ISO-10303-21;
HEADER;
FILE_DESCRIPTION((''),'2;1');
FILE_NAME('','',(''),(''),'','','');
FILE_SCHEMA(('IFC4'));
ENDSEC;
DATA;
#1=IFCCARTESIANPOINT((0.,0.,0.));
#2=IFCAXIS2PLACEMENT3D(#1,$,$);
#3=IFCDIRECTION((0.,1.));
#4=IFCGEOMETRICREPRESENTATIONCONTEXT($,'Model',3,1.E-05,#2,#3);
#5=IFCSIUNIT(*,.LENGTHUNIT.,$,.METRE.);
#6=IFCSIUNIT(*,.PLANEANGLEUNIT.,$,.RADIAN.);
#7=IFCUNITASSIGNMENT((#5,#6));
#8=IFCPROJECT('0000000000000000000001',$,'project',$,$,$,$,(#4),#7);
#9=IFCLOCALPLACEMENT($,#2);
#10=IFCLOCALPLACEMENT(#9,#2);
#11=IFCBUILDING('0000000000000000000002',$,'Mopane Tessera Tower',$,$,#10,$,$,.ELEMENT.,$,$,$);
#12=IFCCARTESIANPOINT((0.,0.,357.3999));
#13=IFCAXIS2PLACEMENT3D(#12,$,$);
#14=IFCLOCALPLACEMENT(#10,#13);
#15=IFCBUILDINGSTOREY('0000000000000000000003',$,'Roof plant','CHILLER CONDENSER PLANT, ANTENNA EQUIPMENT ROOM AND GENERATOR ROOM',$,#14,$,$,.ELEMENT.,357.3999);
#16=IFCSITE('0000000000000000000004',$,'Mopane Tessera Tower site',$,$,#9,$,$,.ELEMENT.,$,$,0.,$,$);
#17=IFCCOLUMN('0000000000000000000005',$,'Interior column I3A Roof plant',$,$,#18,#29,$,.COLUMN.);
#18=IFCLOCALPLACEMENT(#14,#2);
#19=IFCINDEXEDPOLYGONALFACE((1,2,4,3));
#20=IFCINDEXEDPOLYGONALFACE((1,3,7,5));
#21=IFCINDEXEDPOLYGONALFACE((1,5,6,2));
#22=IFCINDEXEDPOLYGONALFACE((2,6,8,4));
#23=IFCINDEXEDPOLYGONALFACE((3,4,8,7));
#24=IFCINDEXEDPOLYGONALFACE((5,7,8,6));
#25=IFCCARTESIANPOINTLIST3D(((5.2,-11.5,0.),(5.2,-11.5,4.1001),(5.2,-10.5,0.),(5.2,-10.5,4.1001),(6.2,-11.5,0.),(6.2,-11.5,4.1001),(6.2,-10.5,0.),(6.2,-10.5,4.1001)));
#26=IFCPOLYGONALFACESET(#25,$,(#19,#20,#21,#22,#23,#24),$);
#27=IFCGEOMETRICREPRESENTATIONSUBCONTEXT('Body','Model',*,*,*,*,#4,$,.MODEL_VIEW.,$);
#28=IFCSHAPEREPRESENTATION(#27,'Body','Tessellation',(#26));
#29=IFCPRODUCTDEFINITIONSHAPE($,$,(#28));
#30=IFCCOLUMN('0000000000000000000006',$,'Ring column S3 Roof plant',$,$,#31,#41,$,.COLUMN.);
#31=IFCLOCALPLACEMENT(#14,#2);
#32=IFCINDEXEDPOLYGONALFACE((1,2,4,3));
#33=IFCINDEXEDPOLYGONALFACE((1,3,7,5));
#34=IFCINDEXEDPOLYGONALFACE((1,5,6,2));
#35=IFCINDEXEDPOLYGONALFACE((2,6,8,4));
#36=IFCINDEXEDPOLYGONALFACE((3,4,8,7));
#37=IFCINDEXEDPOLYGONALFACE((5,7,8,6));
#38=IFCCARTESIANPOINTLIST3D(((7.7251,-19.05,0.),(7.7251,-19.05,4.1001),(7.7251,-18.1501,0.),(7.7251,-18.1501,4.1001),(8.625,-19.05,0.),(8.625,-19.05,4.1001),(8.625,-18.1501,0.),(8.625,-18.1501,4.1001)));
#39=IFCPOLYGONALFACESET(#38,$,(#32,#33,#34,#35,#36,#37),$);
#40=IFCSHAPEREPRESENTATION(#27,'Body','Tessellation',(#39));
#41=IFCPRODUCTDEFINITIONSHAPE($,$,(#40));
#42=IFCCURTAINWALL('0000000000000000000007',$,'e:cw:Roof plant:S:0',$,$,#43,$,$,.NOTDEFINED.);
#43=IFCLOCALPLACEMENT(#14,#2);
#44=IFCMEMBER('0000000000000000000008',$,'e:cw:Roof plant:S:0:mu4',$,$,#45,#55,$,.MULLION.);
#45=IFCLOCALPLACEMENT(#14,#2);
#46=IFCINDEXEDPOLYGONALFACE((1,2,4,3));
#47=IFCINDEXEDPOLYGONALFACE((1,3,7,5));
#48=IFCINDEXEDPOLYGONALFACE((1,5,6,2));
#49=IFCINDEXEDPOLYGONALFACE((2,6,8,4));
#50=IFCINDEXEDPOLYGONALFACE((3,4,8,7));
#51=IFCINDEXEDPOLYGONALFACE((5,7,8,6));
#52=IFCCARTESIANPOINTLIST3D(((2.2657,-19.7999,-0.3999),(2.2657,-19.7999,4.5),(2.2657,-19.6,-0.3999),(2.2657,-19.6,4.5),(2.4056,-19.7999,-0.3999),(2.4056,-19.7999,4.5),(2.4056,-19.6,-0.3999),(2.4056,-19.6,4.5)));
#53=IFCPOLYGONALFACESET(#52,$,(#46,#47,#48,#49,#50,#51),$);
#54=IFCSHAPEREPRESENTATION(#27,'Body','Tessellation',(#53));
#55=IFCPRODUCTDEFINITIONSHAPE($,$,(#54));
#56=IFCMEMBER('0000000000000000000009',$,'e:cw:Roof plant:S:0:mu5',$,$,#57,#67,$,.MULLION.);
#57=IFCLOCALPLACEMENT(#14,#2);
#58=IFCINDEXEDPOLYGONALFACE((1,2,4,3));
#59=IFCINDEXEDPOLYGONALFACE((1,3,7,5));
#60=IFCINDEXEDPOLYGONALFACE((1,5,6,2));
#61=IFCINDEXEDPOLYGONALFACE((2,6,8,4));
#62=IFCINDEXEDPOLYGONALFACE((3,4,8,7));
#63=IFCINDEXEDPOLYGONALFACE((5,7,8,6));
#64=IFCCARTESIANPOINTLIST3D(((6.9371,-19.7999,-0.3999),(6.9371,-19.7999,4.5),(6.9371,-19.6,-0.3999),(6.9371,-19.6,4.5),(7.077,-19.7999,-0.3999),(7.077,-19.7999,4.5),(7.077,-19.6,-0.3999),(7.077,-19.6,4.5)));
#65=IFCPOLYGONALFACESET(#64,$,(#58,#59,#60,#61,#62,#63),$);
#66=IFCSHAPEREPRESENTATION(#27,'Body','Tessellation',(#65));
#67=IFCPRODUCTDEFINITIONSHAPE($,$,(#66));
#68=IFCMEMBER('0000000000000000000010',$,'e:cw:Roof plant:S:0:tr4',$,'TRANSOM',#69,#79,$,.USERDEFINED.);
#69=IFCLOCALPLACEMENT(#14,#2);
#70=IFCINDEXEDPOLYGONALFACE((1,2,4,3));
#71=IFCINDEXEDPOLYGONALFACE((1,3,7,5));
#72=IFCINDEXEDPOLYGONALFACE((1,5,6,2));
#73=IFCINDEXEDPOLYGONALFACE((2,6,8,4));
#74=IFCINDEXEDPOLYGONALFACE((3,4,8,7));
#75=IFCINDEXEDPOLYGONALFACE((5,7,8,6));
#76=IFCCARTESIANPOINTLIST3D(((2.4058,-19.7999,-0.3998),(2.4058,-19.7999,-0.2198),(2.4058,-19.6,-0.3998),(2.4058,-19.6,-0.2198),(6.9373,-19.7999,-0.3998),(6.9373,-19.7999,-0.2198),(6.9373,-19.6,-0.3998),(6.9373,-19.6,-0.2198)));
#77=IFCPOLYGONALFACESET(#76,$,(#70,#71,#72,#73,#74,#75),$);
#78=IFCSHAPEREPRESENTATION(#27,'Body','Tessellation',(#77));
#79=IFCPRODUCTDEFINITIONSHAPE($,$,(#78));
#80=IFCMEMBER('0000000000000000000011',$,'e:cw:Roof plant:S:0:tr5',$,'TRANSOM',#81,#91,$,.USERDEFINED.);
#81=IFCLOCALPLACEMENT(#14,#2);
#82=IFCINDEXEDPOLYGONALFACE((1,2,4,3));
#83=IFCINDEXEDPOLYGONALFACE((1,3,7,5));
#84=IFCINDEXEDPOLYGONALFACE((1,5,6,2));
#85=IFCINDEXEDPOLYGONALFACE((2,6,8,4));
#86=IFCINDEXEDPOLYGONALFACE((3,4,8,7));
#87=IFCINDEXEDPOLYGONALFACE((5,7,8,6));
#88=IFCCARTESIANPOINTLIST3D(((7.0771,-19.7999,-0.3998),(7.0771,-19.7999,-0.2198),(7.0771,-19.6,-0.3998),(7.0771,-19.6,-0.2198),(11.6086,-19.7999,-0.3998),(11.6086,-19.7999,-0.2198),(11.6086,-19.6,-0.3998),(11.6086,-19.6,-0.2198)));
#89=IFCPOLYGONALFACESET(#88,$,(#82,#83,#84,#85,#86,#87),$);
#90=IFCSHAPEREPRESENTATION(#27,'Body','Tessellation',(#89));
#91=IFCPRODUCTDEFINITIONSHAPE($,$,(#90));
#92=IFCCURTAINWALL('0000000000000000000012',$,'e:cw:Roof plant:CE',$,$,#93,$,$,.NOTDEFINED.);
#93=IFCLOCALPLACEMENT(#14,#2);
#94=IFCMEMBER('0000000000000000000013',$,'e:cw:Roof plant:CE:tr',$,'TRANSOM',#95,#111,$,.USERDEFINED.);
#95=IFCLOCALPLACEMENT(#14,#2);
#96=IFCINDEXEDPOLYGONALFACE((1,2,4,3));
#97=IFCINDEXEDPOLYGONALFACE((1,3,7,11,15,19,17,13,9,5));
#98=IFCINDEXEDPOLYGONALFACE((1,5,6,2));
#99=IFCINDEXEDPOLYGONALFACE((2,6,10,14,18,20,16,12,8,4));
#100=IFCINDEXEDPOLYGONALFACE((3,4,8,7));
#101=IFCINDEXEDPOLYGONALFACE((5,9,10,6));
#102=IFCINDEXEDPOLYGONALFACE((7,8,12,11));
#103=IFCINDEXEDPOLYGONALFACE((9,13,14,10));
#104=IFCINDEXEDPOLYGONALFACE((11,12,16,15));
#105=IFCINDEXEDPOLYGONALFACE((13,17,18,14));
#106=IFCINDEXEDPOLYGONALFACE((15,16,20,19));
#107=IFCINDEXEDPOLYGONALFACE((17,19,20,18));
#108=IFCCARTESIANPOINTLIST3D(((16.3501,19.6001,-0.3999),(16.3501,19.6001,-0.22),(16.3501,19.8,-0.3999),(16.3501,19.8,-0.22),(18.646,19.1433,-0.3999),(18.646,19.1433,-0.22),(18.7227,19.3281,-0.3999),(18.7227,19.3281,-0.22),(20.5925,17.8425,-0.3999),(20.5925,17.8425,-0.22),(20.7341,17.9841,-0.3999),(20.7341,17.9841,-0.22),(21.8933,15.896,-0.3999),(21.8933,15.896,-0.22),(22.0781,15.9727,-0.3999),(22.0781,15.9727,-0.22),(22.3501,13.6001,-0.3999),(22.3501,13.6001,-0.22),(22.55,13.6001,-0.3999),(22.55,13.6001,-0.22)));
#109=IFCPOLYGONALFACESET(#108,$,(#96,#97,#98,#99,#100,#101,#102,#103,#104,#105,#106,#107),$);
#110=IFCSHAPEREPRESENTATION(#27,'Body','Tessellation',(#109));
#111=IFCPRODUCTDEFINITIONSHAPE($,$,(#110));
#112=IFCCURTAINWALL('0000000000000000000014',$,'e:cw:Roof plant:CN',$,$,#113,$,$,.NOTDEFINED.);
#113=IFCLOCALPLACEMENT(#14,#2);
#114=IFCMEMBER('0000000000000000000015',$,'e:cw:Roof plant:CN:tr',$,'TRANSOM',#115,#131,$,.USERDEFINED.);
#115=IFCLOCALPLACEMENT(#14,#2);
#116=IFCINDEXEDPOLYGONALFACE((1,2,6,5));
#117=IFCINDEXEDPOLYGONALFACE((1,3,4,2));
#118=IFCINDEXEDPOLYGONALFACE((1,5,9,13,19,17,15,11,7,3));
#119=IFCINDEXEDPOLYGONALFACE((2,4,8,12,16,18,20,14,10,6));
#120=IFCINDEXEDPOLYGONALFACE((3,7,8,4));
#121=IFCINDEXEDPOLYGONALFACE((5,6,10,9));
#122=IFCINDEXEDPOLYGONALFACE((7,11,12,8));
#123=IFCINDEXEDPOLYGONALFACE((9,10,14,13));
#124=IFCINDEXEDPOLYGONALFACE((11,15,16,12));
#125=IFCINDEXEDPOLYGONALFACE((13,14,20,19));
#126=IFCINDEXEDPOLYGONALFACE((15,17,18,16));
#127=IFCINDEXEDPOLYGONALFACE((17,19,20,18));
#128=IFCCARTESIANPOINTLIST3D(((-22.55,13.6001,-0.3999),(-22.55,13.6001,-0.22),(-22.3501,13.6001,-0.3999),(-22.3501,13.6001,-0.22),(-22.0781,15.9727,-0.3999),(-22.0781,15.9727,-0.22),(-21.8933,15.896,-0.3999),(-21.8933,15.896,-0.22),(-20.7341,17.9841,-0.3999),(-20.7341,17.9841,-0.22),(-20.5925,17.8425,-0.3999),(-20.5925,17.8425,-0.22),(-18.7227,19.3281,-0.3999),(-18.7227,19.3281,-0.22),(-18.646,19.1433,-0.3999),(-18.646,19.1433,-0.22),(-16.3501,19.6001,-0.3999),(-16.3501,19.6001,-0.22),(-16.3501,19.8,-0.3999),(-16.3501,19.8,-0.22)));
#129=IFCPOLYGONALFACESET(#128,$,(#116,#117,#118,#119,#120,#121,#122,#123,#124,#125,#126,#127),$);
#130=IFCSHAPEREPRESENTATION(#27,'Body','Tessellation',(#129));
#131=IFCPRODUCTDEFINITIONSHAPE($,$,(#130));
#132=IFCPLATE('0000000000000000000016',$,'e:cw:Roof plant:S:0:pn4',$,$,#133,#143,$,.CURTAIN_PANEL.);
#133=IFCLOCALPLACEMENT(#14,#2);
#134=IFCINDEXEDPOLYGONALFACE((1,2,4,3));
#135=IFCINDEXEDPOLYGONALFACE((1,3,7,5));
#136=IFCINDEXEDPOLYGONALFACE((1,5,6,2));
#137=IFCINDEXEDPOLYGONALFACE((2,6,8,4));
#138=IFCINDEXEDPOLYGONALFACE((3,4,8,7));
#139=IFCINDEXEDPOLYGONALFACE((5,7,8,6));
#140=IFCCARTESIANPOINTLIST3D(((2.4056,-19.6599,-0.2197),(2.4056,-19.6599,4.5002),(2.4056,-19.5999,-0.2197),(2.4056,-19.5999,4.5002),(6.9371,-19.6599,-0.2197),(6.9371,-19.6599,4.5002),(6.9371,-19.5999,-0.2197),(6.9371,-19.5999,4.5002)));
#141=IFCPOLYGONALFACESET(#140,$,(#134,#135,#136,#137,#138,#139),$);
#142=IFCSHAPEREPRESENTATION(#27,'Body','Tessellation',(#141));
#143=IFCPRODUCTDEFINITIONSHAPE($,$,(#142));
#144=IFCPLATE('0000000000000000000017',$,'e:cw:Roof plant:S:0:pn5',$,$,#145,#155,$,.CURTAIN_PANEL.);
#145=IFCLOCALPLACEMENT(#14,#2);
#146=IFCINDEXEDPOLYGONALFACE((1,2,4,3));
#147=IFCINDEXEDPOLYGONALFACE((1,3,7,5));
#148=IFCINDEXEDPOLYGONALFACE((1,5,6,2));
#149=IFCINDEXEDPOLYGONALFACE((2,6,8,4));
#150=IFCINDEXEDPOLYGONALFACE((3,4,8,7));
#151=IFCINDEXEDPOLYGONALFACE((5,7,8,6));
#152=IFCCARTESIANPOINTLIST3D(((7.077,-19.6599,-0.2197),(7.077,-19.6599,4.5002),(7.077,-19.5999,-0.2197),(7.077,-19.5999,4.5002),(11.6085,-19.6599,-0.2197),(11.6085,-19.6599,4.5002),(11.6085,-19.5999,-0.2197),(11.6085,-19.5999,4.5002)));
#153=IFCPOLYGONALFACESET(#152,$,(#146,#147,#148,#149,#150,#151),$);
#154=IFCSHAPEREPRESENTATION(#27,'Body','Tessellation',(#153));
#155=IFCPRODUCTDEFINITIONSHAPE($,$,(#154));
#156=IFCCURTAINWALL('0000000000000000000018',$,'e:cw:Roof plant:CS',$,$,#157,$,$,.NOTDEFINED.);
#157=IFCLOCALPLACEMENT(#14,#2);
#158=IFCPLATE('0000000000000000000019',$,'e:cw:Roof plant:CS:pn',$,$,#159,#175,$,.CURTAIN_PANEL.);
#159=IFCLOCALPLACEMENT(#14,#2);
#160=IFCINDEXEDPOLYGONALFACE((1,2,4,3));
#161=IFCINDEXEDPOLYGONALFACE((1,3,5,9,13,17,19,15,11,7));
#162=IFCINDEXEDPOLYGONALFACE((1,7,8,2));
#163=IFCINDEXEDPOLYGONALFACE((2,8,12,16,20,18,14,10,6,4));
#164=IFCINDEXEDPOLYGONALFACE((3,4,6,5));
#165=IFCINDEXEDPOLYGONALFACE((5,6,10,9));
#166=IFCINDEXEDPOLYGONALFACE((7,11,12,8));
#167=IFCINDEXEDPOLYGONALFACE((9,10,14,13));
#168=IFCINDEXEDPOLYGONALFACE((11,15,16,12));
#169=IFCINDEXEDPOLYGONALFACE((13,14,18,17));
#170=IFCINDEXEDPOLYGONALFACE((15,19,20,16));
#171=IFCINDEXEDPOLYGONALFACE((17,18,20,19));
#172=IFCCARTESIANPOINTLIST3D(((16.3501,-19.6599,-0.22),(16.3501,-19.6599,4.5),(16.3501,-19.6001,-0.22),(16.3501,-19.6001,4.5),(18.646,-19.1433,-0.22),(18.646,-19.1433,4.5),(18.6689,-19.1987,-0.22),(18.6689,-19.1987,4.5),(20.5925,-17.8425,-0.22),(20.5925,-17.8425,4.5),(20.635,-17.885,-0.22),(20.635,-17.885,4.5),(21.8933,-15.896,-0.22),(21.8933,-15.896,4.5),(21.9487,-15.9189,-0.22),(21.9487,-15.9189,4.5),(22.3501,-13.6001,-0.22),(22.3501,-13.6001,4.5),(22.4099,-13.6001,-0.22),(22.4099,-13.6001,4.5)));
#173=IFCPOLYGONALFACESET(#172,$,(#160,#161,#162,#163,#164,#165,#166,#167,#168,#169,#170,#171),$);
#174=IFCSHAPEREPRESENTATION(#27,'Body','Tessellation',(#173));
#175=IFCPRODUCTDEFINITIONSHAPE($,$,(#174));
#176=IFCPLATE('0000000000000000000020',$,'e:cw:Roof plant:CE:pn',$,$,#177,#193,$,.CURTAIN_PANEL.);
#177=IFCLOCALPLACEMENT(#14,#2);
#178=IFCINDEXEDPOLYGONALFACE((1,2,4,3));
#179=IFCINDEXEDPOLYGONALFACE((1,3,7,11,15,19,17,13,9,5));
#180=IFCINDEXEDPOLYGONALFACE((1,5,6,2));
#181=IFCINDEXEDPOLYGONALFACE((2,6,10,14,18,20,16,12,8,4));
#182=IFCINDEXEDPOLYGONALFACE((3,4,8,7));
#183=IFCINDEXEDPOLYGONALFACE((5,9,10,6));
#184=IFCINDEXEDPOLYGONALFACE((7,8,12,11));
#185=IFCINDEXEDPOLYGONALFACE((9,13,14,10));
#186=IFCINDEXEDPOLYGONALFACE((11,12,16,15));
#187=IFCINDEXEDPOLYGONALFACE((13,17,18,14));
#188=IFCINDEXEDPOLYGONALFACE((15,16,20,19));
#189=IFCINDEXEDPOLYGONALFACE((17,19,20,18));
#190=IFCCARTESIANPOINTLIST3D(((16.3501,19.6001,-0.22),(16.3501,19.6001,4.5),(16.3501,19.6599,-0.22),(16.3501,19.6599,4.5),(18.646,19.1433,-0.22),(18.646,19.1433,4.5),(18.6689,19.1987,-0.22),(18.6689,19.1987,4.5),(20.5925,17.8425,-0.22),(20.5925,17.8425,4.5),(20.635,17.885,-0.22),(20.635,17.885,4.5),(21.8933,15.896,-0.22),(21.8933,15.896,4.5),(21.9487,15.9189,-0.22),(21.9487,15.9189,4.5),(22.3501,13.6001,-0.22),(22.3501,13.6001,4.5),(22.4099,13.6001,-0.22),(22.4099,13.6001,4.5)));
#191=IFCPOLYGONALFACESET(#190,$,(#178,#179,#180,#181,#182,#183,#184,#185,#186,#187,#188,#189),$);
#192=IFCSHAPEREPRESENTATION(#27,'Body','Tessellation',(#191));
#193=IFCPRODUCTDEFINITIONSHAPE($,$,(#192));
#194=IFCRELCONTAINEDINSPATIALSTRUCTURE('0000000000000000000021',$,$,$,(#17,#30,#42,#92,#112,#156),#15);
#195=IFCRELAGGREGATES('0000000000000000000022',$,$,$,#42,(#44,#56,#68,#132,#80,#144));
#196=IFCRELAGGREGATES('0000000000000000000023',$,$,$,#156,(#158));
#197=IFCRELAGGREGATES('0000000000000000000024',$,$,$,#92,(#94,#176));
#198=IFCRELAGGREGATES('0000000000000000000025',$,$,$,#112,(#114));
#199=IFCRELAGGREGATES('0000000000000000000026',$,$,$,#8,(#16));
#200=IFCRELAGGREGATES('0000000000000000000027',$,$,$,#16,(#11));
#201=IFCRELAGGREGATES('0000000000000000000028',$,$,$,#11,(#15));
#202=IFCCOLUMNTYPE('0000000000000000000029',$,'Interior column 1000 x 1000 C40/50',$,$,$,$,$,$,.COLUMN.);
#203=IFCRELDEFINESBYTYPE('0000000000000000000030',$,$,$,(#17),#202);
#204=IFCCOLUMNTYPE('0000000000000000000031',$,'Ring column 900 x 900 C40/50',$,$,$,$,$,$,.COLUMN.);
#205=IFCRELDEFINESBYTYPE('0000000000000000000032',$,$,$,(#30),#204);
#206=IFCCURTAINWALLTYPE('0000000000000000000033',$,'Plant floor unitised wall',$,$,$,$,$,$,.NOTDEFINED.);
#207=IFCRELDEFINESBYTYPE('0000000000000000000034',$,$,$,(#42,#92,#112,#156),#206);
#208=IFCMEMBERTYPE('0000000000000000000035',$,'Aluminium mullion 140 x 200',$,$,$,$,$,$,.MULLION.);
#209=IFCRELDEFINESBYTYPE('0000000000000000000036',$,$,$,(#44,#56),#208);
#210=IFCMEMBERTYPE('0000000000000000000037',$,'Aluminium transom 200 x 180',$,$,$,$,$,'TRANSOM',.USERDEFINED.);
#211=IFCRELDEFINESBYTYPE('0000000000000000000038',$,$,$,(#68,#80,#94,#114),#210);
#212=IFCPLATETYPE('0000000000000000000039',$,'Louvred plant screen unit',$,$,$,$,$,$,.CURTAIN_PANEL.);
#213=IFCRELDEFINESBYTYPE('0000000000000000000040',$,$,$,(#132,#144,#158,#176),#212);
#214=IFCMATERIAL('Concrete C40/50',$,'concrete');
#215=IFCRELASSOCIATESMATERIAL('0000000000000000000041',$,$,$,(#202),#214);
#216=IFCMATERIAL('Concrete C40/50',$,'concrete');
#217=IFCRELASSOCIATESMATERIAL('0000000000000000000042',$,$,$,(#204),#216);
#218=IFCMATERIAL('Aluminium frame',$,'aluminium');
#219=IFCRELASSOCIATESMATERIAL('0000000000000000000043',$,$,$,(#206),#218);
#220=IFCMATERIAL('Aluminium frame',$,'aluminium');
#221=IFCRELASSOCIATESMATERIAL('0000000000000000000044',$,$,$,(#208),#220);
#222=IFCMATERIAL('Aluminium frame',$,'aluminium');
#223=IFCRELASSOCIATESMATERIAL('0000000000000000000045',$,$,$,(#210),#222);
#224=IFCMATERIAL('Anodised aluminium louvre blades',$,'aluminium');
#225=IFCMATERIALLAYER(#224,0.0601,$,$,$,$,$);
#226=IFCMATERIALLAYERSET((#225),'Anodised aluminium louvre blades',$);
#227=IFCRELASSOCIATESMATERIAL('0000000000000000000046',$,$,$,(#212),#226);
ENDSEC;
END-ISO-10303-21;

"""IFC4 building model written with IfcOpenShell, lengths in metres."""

from ifc_helpers import new_model, si_unit, direction, frame, origin, origin_2d, place, context, subcontext, project, spatial, polyline, rectangle, outline, extrude, material, layer, layer_set, material_profile, profile_set, type_object, element, aggregate, save


model = new_model("IFC4")

# Units and contexts
model_context = context("Model", 3, precision=1e-05, world=origin(), true_north=direction((0.0, 1.0)))
body_context = subcontext(model_context, "Body", "Model", "MODEL_VIEW")
ifc_project = project(units=[si_unit("LENGTHUNIT", "METRE"), si_unit("PLANEANGLEUNIT", "RADIAN")], contexts=[model_context])

# Site, building, storey
site_placement = place(None, origin())
site = spatial("IfcSite", under=ifc_project, at=site_placement, Name="Mopane Tessera Tower site", CompositionType="ELEMENT", RefElevation=0.0)
building_placement = place(site_placement, origin())
building = spatial("IfcBuilding", under=site, at=building_placement, Name="Mopane Tessera Tower", CompositionType="ELEMENT")
storey_placement = place(building_placement, frame((0.0, 0.0, 357.3999)))
storey = spatial("IfcBuildingStorey", under=building, at=storey_placement, Name="Roof plant", Description="CHILLER CONDENSER PLANT, ANTENNA EQUIPMENT ROOM AND GENERATOR ROOM", CompositionType="ELEMENT", Elevation=357.3999)

# Columns
ifc_material_1 = material(Name="Concrete C40/50", Category="concrete")
ifc_material_profile_1 = material_profile(ifc_material_1, rectangle(XDim=1.0, YDim=1.0, at=origin_2d()))
ifc_profile_set_1 = profile_set([ifc_material_profile_1], Name="Concrete C40/50")
column_type_1 = type_object("IfcColumnType", Name="Interior column 1000 x 1000 C40/50", PredefinedType="COLUMN", material=ifc_profile_set_1)
column_1_placement = place(storey_placement, frame((5.7, -11.0, 0.0), z_axis=(0.0, 0.0, 1.0), x_axis=(1.0, 0.0, 0.0)))
element("IfcColumn", 1, at=column_1_placement, inside=storey, type_object=column_type_1, Name="Interior column I3A Roof plant", PredefinedType="COLUMN", context=body_context, shape_type="SweptSolid", body=[
    extrude(rectangle(XDim=1.0, YDim=1.0, at=origin_2d()), origin(), (0.0, 0.0, 1.0), 4.1001),
])
ifc_material_2 = material(Name="Concrete C40/50", Category="concrete")
ifc_material_profile_2 = material_profile(ifc_material_2, rectangle(XDim=0.8999, YDim=0.8999, at=origin_2d()))
ifc_profile_set_2 = profile_set([ifc_material_profile_2], Name="Concrete C40/50")
column_type_2 = type_object("IfcColumnType", Name="Ring column 900 x 900 C40/50", PredefinedType="COLUMN", material=ifc_profile_set_2)
column_2_placement = place(storey_placement, frame((8.175, -18.6001, 0.0), z_axis=(0.0, 0.0, 1.0), x_axis=(1.0, 0.0, 0.0)))
element("IfcColumn", 2, at=column_2_placement, inside=storey, type_object=column_type_2, Name="Ring column S3 Roof plant", PredefinedType="COLUMN", context=body_context, shape_type="SweptSolid", body=[
    extrude(rectangle(XDim=0.8999, YDim=0.8999, at=origin_2d()), origin(), (0.0, 0.0, 1.0), 4.1001),
])

# Curtain wall, members
ifc_material_3 = material(Name="Aluminium frame", Category="aluminium")
curtain_wall_type = type_object("IfcCurtainWallType", Name="Plant floor unitised wall", PredefinedType="NOTDEFINED", material=ifc_material_3)
curtain_wall_1_placement = place(storey_placement, origin())
curtain_wall_1 = element("IfcCurtainWall", 3, at=curtain_wall_1_placement, inside=storey, type_object=curtain_wall_type, Name="e:cw:Roof plant:S:0", PredefinedType="NOTDEFINED")
ifc_material_4 = material(Name="Aluminium frame", Category="aluminium")
ifc_material_profile_3 = material_profile(ifc_material_4, rectangle(XDim=0.1399, YDim=0.2, at=origin_2d()))
ifc_profile_set_3 = profile_set([ifc_material_profile_3], Name="Aluminium frame")
member_type_1 = type_object("IfcMemberType", Name="Aluminium mullion 140 x 200", PredefinedType="MULLION", material=ifc_profile_set_3)
member_1_placement = place(storey_placement, frame((2.3357, -19.7, -0.3999), z_axis=(0.0, 0.0, 1.0), x_axis=(1.0, 0.0, 0.0)))
member_1 = element("IfcMember", 4, at=member_1_placement, type_object=member_type_1, Name="e:cw:Roof plant:S:0:mu4", PredefinedType="MULLION", context=body_context, shape_type="SweptSolid", body=[
    extrude(rectangle(XDim=0.1399, YDim=0.2, at=origin_2d()), origin(), (0.0, 0.0, 1.0), 4.8999),
])
member_2_placement = place(storey_placement, frame((7.0071, -19.7, -0.3999), z_axis=(0.0, 0.0, 1.0), x_axis=(1.0, 0.0, 0.0)))
member_2 = element("IfcMember", 5, at=member_2_placement, type_object=member_type_1, Name="e:cw:Roof plant:S:0:mu5", PredefinedType="MULLION", context=body_context, shape_type="SweptSolid", body=[
    extrude(rectangle(XDim=0.1399, YDim=0.2, at=origin_2d()), origin(), (0.0, 0.0, 1.0), 4.8999),
])
ifc_material_5 = material(Name="Aluminium frame", Category="aluminium")
ifc_material_profile_4 = material_profile(ifc_material_5, rectangle(XDim=0.2, YDim=0.1799, at=origin_2d()))
ifc_profile_set_4 = profile_set([ifc_material_profile_4], Name="Aluminium frame")
member_type_2 = type_object("IfcMemberType", Name="Aluminium transom 200 x 180", ElementType="TRANSOM", PredefinedType="USERDEFINED", material=ifc_profile_set_4)
member_3_placement = place(storey_placement, frame((2.4058, -19.7, -0.3098), z_axis=(1.0, 0.0, 0.0), x_axis=(0.0, 1.0, 0.0)))
member_3 = element("IfcMember", 6, at=member_3_placement, type_object=member_type_2, Name="e:cw:Roof plant:S:0:tr4", ObjectType="TRANSOM", PredefinedType="USERDEFINED", context=body_context, shape_type="SweptSolid", body=[
    extrude(rectangle(XDim=0.2, YDim=0.1799, at=origin_2d()), origin(), (0.0, 0.0, 1.0), 4.5315),
])
member_4_placement = place(storey_placement, frame((7.0771, -19.7, -0.3098), z_axis=(1.0, 0.0, 0.0), x_axis=(0.0, 1.0, 0.0)))
member_4 = element("IfcMember", 7, at=member_4_placement, type_object=member_type_2, Name="e:cw:Roof plant:S:0:tr5", ObjectType="TRANSOM", PredefinedType="USERDEFINED", context=body_context, shape_type="SweptSolid", body=[
    extrude(rectangle(XDim=0.2, YDim=0.1799, at=origin_2d()), origin(), (0.0, 0.0, 1.0), 4.5315),
])

# Curtain walls, members
curtain_wall_2_placement = place(storey_placement, origin())
curtain_wall_2 = element("IfcCurtainWall", 8, at=curtain_wall_2_placement, inside=storey, type_object=curtain_wall_type, Name="e:cw:Roof plant:CE", PredefinedType="NOTDEFINED")
member_5_placement = place(storey_placement, frame((0.0, 0.0, -0.3999)))
member_5 = element("IfcMember", 9, at=member_5_placement, type_object=member_type_2, Name="e:cw:Roof plant:CE:tr", ObjectType="TRANSOM", PredefinedType="USERDEFINED", context=body_context, shape_type="SweptSolid", body=[
    extrude(outline(polyline([(22.3501, 13.6001), (21.8933, 15.896), (20.5925, 17.8425), (18.646, 19.1433), (16.3501, 19.6001), (16.3501, 19.8), (18.7227, 19.3281), (20.7341, 17.9841), (22.0781, 15.9727), (22.55, 13.6001), (22.3501, 13.6001)])), origin(), (0.0, 0.0, 1.0), 0.1799),
])
curtain_wall_3_placement = place(storey_placement, origin())
curtain_wall_3 = element("IfcCurtainWall", 10, at=curtain_wall_3_placement, inside=storey, type_object=curtain_wall_type, Name="e:cw:Roof plant:CN", PredefinedType="NOTDEFINED")
member_6_placement = place(storey_placement, frame((0.0, 0.0, -0.3999)))
member_6 = element("IfcMember", 11, at=member_6_placement, type_object=member_type_2, Name="e:cw:Roof plant:CN:tr", ObjectType="TRANSOM", PredefinedType="USERDEFINED", context=body_context, shape_type="SweptSolid", body=[
    extrude(outline(polyline([(-16.3501, 19.6001), (-18.646, 19.1433), (-20.5925, 17.8425), (-21.8933, 15.896), (-22.3501, 13.6001), (-22.55, 13.6001), (-22.0781, 15.9727), (-20.7341, 17.9841), (-18.7227, 19.3281), (-16.3501, 19.8), (-16.3501, 19.6001)])), origin(), (0.0, 0.0, 1.0), 0.1799),
])

# Plates
ifc_material_6 = material(Name="Anodised aluminium louvre blades", Category="aluminium")
ifc_layer_1 = layer(ifc_material_6, 0.0601)
ifc_layer_set_1 = layer_set([ifc_layer_1], Name="Anodised aluminium louvre blades")
plate_type = type_object("IfcPlateType", Name="Louvred plant screen unit", PredefinedType="CURTAIN_PANEL", material=ifc_layer_set_1)
plate_1_placement = place(storey_placement, frame((4.6714, -19.6299, -0.2197), z_axis=(0.0, 0.0, 1.0), x_axis=(1.0, 0.0, 0.0)))
plate_1 = element("IfcPlate", 12, at=plate_1_placement, type_object=plate_type, Name="e:cw:Roof plant:S:0:pn4", PredefinedType="CURTAIN_PANEL", context=body_context, shape_type="SweptSolid", body=[
    extrude(rectangle(XDim=4.5315, YDim=0.0601, at=origin_2d()), origin(), (0.0, 0.0, 1.0), 4.72),
])
plate_2_placement = place(storey_placement, frame((9.3428, -19.6299, -0.2197), z_axis=(0.0, 0.0, 1.0), x_axis=(1.0, 0.0, 0.0)))
plate_2 = element("IfcPlate", 13, at=plate_2_placement, type_object=plate_type, Name="e:cw:Roof plant:S:0:pn5", PredefinedType="CURTAIN_PANEL", context=body_context, shape_type="SweptSolid", body=[
    extrude(rectangle(XDim=4.5315, YDim=0.0601, at=origin_2d()), origin(), (0.0, 0.0, 1.0), 4.72),
])
aggregate(curtain_wall_1, [member_1, member_2, member_3, plate_1, member_4, plate_2])

# Curtain wall, plate
curtain_wall_4_placement = place(storey_placement, origin())
curtain_wall_4 = element("IfcCurtainWall", 14, at=curtain_wall_4_placement, inside=storey, type_object=curtain_wall_type, Name="e:cw:Roof plant:CS", PredefinedType="NOTDEFINED")
plate_3_placement = place(storey_placement, frame((0.0, 0.0, -0.22)))
plate_3 = element("IfcPlate", 15, at=plate_3_placement, type_object=plate_type, Name="e:cw:Roof plant:CS:pn", PredefinedType="CURTAIN_PANEL", context=body_context, shape_type="SweptSolid", body=[
    extrude(outline(polyline([(16.3501, -19.6001), (18.646, -19.1433), (20.5925, -17.8425), (21.8933, -15.896), (22.3501, -13.6001), (22.4099, -13.6001), (21.9487, -15.9189), (20.635, -17.885), (18.6689, -19.1987), (16.3501, -19.6599), (16.3501, -19.6001)])), origin(), (0.0, 0.0, 1.0), 4.72),
])
aggregate(curtain_wall_4, [plate_3])

# Plate
plate_4_placement = place(storey_placement, frame((0.0, 0.0, -0.22)))
plate_4 = element("IfcPlate", 16, at=plate_4_placement, type_object=plate_type, Name="e:cw:Roof plant:CE:pn", PredefinedType="CURTAIN_PANEL", context=body_context, shape_type="SweptSolid", body=[
    extrude(outline(polyline([(22.3501, 13.6001), (21.8933, 15.896), (20.5925, 17.8425), (18.646, 19.1433), (16.3501, 19.6001), (16.3501, 19.6599), (18.6689, 19.1987), (20.635, 17.885), (21.9487, 15.9189), (22.4099, 13.6001), (22.3501, 13.6001)])), origin(), (0.0, 0.0, 1.0), 4.72),
])
aggregate(curtain_wall_2, [member_5, plate_4])
aggregate(curtain_wall_3, [member_6])

save(model, "model.ifc")
